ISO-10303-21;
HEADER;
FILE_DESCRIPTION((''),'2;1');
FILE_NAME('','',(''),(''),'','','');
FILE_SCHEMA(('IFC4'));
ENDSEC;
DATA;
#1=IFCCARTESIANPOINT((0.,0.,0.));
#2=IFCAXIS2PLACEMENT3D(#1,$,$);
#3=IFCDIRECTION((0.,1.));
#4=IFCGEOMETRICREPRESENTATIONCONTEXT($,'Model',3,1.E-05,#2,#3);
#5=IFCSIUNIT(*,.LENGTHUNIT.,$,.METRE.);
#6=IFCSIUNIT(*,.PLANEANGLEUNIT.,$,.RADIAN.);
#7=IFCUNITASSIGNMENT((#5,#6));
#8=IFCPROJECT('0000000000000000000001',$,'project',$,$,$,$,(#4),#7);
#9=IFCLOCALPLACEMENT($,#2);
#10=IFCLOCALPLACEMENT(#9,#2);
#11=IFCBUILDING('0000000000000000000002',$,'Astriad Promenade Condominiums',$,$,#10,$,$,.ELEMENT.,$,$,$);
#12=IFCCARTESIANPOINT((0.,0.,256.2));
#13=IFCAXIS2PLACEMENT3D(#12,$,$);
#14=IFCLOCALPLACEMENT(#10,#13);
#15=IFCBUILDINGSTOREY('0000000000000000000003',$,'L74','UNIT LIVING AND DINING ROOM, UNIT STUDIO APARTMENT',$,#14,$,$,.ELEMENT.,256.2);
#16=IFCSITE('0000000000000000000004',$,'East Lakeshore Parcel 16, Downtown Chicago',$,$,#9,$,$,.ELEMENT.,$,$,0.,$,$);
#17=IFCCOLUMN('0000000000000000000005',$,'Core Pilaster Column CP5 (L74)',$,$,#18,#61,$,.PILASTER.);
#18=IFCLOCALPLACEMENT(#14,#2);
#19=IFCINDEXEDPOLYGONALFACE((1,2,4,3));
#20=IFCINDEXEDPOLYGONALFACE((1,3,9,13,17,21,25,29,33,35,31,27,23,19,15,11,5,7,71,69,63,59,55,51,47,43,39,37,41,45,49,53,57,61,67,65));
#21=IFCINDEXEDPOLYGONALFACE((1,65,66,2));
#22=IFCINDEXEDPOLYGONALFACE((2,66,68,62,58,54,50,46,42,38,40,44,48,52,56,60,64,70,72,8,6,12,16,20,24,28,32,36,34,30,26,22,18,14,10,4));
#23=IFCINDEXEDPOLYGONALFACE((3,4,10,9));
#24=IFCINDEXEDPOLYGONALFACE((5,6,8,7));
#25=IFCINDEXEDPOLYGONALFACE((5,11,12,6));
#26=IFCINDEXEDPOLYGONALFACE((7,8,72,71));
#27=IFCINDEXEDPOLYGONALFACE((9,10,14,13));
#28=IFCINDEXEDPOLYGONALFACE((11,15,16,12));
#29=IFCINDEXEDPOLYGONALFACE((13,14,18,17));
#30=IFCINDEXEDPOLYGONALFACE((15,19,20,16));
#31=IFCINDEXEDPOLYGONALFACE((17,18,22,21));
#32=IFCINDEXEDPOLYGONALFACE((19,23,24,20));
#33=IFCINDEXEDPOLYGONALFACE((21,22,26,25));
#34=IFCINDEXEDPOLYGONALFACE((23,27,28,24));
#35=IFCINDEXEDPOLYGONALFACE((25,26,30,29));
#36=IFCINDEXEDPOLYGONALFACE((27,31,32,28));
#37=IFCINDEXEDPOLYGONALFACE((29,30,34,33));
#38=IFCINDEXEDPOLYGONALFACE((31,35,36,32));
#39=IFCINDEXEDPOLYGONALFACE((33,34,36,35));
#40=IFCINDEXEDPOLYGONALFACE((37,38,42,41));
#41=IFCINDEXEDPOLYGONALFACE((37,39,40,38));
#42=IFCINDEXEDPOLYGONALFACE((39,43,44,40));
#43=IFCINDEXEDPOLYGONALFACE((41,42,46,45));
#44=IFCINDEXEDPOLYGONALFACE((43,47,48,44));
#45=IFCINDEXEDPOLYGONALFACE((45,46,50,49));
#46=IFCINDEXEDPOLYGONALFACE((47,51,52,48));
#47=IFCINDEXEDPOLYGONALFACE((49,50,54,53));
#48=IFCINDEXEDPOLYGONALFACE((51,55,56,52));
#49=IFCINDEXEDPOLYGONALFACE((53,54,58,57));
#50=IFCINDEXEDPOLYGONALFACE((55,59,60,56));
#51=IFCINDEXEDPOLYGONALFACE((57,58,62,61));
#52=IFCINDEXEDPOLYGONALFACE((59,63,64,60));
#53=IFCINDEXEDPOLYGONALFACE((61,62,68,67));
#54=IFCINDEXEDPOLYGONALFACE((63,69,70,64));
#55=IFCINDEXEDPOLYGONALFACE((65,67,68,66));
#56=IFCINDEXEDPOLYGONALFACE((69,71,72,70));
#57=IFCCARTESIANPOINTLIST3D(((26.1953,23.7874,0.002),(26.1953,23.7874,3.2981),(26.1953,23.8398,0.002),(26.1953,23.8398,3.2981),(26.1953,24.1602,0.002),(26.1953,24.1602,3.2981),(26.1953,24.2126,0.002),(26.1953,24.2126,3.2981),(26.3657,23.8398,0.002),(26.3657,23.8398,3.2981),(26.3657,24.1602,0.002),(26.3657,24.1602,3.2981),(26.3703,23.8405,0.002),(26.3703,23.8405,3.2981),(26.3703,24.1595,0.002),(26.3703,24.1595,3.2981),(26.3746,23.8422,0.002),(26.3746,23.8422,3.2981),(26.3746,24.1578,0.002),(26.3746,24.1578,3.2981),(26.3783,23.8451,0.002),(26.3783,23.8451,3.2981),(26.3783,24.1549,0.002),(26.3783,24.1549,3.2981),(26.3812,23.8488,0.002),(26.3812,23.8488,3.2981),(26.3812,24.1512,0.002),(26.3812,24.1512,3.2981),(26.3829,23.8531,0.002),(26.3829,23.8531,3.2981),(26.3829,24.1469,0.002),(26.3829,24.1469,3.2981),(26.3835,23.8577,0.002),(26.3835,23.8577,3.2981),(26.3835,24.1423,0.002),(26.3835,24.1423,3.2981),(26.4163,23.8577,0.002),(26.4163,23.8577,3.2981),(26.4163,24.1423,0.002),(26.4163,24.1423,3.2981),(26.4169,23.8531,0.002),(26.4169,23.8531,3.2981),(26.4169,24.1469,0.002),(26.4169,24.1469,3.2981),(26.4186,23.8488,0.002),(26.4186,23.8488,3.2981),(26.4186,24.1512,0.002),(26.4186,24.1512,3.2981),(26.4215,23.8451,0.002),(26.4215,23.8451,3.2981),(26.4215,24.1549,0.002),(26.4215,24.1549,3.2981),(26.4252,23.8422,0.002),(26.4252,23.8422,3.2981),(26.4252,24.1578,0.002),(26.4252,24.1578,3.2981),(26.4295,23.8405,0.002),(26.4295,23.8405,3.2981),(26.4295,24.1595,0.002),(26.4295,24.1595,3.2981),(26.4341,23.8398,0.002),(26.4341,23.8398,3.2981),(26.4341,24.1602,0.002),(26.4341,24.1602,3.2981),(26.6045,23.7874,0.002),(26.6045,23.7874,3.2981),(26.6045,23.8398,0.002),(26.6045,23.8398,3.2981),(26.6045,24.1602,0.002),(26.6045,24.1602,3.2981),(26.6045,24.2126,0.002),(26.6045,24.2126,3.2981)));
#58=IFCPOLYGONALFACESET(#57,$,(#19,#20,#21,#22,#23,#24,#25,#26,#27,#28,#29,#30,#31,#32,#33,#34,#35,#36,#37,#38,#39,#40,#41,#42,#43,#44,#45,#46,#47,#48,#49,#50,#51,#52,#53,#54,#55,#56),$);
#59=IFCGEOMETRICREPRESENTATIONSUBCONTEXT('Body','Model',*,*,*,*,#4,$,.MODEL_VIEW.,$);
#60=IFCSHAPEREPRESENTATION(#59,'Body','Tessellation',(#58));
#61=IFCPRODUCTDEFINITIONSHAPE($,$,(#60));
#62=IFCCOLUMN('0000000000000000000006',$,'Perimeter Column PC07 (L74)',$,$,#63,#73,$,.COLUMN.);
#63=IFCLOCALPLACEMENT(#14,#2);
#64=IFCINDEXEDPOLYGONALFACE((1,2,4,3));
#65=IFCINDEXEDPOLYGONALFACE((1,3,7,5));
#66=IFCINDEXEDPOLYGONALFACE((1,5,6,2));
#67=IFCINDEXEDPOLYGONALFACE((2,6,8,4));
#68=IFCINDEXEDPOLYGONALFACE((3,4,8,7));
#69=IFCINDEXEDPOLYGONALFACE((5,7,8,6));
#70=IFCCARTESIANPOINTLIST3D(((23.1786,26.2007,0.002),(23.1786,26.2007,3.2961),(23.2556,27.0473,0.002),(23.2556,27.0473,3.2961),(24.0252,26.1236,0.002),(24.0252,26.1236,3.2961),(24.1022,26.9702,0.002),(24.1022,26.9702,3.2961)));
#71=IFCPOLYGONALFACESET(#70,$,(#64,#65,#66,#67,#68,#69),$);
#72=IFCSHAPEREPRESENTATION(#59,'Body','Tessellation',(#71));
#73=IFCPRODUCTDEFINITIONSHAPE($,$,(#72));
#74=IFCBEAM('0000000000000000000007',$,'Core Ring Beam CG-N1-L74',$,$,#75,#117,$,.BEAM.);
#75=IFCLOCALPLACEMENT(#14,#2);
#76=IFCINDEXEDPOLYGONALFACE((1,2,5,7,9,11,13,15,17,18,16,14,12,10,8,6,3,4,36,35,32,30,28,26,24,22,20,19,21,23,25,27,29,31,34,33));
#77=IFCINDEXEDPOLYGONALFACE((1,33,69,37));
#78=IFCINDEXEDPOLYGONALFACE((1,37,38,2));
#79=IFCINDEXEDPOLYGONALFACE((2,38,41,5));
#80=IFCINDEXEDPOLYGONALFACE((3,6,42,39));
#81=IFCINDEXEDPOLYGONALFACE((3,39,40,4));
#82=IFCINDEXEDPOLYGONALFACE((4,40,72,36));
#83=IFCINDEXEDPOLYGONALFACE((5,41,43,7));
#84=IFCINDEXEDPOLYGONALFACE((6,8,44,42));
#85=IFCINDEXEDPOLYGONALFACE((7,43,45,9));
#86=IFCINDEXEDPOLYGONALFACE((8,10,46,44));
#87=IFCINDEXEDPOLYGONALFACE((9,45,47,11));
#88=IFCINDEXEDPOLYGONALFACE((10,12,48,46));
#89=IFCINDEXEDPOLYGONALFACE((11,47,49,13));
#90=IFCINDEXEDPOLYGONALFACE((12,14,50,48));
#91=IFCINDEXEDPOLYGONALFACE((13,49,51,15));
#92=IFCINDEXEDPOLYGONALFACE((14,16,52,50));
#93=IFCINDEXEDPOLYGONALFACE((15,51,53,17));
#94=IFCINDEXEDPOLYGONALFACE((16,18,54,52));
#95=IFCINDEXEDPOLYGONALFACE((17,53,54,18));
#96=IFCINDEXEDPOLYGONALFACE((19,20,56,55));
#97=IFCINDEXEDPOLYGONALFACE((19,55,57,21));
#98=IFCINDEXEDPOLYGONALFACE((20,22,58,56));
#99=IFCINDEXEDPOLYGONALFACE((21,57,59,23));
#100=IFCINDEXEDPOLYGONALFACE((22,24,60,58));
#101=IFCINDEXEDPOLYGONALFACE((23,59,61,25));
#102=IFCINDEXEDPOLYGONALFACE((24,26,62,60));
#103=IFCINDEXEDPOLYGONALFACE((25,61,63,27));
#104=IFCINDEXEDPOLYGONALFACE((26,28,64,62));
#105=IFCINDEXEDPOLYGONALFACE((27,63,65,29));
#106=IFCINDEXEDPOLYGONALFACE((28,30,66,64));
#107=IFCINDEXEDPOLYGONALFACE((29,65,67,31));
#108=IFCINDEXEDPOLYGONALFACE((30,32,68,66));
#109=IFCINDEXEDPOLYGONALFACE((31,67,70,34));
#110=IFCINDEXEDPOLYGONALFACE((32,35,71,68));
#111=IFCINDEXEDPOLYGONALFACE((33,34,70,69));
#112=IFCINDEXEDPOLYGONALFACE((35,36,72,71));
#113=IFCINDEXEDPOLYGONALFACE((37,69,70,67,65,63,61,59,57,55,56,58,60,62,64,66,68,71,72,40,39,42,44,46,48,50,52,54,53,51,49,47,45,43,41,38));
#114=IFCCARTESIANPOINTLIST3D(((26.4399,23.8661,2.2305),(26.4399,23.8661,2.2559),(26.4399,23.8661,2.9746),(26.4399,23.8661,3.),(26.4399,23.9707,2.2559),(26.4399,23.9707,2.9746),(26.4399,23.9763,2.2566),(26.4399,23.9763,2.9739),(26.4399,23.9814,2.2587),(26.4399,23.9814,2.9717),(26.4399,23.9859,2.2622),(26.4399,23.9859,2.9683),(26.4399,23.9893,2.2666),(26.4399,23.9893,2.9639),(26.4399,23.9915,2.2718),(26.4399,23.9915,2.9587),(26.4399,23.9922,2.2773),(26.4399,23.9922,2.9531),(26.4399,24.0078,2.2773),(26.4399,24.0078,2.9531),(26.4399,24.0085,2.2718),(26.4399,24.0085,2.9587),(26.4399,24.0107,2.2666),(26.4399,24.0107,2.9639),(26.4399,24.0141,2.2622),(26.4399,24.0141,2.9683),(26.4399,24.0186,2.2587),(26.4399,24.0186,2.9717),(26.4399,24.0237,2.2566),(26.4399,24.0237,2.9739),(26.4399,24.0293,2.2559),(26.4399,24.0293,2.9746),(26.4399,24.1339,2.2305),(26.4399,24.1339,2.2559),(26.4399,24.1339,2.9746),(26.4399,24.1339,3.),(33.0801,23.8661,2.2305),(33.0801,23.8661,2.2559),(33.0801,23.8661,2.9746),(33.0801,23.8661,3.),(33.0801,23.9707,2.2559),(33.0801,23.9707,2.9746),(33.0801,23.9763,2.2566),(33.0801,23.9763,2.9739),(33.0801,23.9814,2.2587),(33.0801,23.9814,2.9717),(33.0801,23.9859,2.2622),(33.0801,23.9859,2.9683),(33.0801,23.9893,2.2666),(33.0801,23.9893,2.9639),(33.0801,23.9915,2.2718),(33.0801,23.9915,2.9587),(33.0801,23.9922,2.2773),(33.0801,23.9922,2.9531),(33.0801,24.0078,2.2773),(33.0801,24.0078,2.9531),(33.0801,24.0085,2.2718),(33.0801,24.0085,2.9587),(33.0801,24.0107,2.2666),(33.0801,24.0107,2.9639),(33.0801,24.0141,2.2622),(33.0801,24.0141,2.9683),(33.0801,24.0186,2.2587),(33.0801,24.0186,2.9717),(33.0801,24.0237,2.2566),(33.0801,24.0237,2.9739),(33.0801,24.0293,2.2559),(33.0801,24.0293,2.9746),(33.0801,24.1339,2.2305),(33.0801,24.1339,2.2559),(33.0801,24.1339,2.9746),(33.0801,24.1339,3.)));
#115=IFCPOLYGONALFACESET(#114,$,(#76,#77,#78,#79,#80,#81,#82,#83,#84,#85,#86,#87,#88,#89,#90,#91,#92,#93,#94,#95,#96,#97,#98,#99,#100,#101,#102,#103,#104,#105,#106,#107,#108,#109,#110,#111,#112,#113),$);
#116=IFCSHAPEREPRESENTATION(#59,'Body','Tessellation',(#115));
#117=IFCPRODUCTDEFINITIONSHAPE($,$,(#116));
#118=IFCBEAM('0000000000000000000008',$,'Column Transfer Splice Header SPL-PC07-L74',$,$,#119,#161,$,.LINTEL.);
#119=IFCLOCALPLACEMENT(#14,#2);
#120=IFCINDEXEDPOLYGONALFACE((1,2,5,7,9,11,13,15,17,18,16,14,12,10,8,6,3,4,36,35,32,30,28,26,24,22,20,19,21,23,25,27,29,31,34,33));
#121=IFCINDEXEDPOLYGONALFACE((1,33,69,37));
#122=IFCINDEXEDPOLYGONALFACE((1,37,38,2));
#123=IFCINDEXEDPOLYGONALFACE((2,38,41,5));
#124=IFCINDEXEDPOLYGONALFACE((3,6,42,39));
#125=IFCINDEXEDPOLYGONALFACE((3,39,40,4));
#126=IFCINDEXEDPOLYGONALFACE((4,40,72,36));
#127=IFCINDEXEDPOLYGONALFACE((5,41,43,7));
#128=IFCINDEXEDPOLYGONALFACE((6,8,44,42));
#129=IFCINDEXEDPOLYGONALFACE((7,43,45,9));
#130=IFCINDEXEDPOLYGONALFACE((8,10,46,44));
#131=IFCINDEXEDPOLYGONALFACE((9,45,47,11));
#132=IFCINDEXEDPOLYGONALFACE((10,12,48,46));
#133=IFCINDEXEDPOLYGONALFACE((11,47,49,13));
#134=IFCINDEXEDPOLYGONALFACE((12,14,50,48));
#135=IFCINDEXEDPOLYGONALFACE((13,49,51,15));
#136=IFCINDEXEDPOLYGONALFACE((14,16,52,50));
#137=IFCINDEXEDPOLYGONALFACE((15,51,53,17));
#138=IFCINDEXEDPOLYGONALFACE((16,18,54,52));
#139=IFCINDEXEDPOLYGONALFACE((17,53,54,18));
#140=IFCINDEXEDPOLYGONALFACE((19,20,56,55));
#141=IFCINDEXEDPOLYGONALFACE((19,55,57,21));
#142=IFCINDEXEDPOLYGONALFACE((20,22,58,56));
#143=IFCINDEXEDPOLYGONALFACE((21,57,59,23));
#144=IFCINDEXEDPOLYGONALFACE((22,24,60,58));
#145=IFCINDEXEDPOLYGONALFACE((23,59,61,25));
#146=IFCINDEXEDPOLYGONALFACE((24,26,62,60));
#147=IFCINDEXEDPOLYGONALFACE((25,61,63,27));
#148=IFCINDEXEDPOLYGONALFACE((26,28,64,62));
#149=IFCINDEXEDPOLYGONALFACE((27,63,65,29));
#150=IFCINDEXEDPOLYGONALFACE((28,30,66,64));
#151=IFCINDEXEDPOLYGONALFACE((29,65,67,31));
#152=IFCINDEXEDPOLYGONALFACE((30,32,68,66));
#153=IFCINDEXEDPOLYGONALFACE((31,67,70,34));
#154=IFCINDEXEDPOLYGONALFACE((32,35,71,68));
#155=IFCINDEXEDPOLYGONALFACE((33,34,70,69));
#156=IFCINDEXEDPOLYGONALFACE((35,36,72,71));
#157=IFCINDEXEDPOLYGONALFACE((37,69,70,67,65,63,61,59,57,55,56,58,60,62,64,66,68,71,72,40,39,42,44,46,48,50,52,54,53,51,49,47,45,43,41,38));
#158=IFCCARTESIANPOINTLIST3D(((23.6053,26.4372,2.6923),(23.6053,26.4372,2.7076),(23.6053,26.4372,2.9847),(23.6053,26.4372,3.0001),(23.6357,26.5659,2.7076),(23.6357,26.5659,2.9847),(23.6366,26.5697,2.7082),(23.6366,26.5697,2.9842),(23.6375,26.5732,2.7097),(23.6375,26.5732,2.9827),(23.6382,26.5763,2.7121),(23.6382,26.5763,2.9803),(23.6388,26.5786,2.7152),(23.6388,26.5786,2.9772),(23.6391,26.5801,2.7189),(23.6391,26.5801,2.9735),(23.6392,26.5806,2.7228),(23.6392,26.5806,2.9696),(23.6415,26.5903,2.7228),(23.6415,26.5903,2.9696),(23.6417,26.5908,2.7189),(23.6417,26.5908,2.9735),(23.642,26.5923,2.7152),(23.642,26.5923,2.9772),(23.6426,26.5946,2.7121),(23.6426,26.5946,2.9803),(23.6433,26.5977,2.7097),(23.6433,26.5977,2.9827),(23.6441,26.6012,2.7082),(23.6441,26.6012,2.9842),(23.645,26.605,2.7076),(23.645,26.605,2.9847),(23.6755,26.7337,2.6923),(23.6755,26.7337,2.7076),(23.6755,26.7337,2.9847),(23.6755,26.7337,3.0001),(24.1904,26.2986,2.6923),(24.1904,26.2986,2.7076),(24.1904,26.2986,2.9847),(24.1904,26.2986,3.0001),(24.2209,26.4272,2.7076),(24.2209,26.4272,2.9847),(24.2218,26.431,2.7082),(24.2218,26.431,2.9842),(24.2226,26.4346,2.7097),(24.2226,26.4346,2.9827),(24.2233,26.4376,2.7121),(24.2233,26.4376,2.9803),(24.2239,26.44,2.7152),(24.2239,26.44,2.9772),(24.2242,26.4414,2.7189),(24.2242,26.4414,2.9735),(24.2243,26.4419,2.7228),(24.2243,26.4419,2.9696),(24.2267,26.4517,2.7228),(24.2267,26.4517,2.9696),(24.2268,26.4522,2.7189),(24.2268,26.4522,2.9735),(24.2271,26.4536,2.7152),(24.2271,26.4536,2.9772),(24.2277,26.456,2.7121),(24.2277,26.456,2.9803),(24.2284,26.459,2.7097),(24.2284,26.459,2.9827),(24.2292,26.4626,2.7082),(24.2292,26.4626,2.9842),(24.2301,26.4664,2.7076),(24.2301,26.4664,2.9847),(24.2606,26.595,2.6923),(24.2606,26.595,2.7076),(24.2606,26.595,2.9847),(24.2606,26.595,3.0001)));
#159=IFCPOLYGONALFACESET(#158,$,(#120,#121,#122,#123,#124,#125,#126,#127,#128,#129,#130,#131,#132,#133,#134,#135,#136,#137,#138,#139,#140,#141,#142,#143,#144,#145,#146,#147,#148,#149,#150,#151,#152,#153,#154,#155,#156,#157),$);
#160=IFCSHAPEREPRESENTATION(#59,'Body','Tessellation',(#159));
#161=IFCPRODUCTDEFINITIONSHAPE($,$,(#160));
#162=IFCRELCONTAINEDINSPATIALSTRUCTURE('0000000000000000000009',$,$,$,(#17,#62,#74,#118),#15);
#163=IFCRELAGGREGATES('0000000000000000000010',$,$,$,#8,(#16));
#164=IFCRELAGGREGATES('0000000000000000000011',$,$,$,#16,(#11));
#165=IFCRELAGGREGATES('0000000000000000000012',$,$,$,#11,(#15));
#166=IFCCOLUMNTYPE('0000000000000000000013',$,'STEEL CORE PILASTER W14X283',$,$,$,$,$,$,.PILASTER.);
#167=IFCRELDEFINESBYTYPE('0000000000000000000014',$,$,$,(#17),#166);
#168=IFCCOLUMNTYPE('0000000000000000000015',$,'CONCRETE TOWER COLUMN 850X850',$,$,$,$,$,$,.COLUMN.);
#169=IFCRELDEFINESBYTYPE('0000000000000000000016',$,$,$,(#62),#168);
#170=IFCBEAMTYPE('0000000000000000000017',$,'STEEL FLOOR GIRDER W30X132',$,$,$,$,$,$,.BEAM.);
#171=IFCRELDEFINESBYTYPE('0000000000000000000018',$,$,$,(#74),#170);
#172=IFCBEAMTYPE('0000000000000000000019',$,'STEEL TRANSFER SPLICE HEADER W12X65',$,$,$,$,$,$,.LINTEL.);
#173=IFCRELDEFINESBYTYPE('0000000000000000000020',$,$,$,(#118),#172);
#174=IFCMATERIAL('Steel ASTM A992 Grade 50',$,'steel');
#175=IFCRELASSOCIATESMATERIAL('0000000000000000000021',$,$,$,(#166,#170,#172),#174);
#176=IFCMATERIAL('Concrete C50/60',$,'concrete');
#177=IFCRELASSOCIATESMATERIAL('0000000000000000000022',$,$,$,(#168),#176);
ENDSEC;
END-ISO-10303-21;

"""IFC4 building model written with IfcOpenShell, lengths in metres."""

from ifc_helpers import new_model, si_unit, direction, frame, origin, origin_2d, place, context, subcontext, project, spatial, rectangle, i_section, extrude, source, transform, mapped, material, material_profile, profile_set, type_object, type_shapes, element, save


model = new_model("IFC4")

# Units and contexts
model_context = context("Model", 3, precision=1e-05, world=origin(), true_north=direction((0.0, 1.0)))
body_context = subcontext(model_context, "Body", "Model", "MODEL_VIEW")
ifc_project = project(units=[si_unit("LENGTHUNIT", "METRE"), si_unit("PLANEANGLEUNIT", "RADIAN")], contexts=[model_context])

# Site, building, storey
site_placement = place(None, origin())
site = spatial("IfcSite", under=ifc_project, at=site_placement, Name="East Lakeshore Parcel 16, Downtown Chicago", CompositionType="ELEMENT", RefElevation=0.0)
building_placement = place(site_placement, origin())
building = spatial("IfcBuilding", under=site, at=building_placement, Name="Astriad Promenade Condominiums", CompositionType="ELEMENT")
storey_placement = place(building_placement, frame((0.0, 0.0, 256.2)))
storey = spatial("IfcBuildingStorey", under=building, at=storey_placement, Name="L74", Description="UNIT LIVING AND DINING ROOM, UNIT STUDIO APARTMENT", CompositionType="ELEMENT", Elevation=256.2)

# Columns
ifc_material_1 = material(Name="Steel ASTM A992 Grade 50", Category="steel")
ifc_material_profile_1 = material_profile(ifc_material_1, i_section(OverallWidth=0.4092, OverallDepth=0.4253, WebThickness=0.0327, FlangeThickness=0.0525, FilletRadius=0.0178, at=origin_2d()), Name="W14X283")
ifc_profile_set_1 = profile_set([ifc_material_profile_1], Name="Steel ASTM A992 Grade 50")
column_type_1 = type_object("IfcColumnType", Name="STEEL CORE PILASTER W14X283", PredefinedType="PILASTER", material=ifc_profile_set_1)
shared_shape_1 = source(origin(), body_context, "Body", "SweptSolid", [
    extrude(i_section(OverallWidth=0.4092, OverallDepth=0.4253, WebThickness=0.0327, FlangeThickness=0.0525, FilletRadius=0.0178, at=origin_2d()), origin(), (0.0, 0.0, 1.0), 3.2961),
])
type_shapes(column_type_1, [shared_shape_1])
column_1_placement = place(storey_placement, frame((26.3999, 24.0, 0.002), z_axis=(0.0, 0.0, 1.0), x_axis=(1.0, 0.0, 0.0)))
element("IfcColumn", 1, at=column_1_placement, inside=storey, type_object=column_type_1, Name="Core Pilaster Column CP5 (L74)", PredefinedType="PILASTER", context=body_context, shape_type="MappedRepresentation", body=[
    mapped(shared_shape_1, transform((0.0, 0.0, 0.0), scale=1.0)),
])
ifc_material_2 = material(Name="Concrete C50/60", Category="concrete")
ifc_material_profile_2 = material_profile(ifc_material_2, rectangle(XDim=0.8501, YDim=0.8501, at=origin_2d()), Name="RC-COL-850X850")
ifc_profile_set_2 = profile_set([ifc_material_profile_2], Name="Concrete C50/60")
column_type_2 = type_object("IfcColumnType", Name="CONCRETE TOWER COLUMN 850X850", PredefinedType="COLUMN", material=ifc_profile_set_2)
shared_shape_2 = source(origin(), body_context, "Body", "SweptSolid", [
    extrude(rectangle(XDim=0.8501, YDim=0.8501, at=origin_2d()), origin(), (0.0, 0.0, 1.0), 3.2942),
])
type_shapes(column_type_2, [shared_shape_2])
column_2_placement = place(storey_placement, frame((23.6404, 26.5854, 0.002), z_axis=(0.0, 0.0, 1.0), x_axis=(0.995884, -0.090633, 0.0)))
element("IfcColumn", 2, at=column_2_placement, inside=storey, type_object=column_type_2, Name="Perimeter Column PC07 (L74)", PredefinedType="COLUMN", context=body_context, shape_type="MappedRepresentation", body=[
    mapped(shared_shape_2, transform((0.0, 0.0, 0.0), scale=1.0)),
])

# Beams
ifc_material_profile_3 = material_profile(ifc_material_1, i_section(OverallWidth=0.2678, OverallDepth=0.7695, WebThickness=0.0156, FlangeThickness=0.0254, FilletRadius=0.0215, at=origin_2d()), Name="W30X132")
ifc_profile_set_3 = profile_set([ifc_material_profile_3], Name="Steel ASTM A992 Grade 50")
beam_type_1 = type_object("IfcBeamType", Name="STEEL FLOOR GIRDER W30X132", PredefinedType="BEAM", material=ifc_profile_set_3)
shared_shape_3 = source(origin(), body_context, "Body", "SweptSolid", [
    extrude(i_section(OverallWidth=0.2678, OverallDepth=0.7695, WebThickness=0.0156, FlangeThickness=0.0254, FilletRadius=0.0215, at=origin_2d()), origin(), (0.0, 0.0, 1.0), 6.6401),
])
type_shapes(beam_type_1, [shared_shape_3])
beam_1_placement = place(storey_placement, frame((26.4399, 24.0, 2.6152), z_axis=(1.0, 0.0, 0.0), x_axis=(0.0, 1.0, 0.0)))
element("IfcBeam", 3, at=beam_1_placement, inside=storey, type_object=beam_type_1, Name="Core Ring Beam CG-N1-L74", PredefinedType="BEAM", context=body_context, shape_type="MappedRepresentation", body=[
    mapped(shared_shape_3, transform((0.0, 0.0, 0.0), scale=1.0)),
])
ifc_material_profile_4 = material_profile(ifc_material_1, i_section(OverallWidth=0.3047, OverallDepth=0.3079, WebThickness=0.01, FlangeThickness=0.0154, FilletRadius=0.0151, at=origin_2d()), Name="W12X65")
ifc_profile_set_4 = profile_set([ifc_material_profile_4], Name="Steel ASTM A992 Grade 50")
beam_type_2 = type_object("IfcBeamType", Name="STEEL TRANSFER SPLICE HEADER W12X65", PredefinedType="LINTEL", material=ifc_profile_set_4)
shared_shape_4 = source(origin(), body_context, "Body", "SweptSolid", [
    extrude(i_section(OverallWidth=0.3047, OverallDepth=0.3079, WebThickness=0.01, FlangeThickness=0.0154, FilletRadius=0.0151, at=origin_2d()), origin(), (0.0, 0.0, 1.0), 0.6013),
])
type_shapes(beam_type_2, [shared_shape_4])
beam_2_placement = place(storey_placement, frame((23.6404, 26.5854, 2.8462), z_axis=(0.973054, -0.230578, 0.0), x_axis=(0.230578, 0.973054, 0.0)))
element("IfcBeam", 4, at=beam_2_placement, inside=storey, type_object=beam_type_2, Name="Column Transfer Splice Header SPL-PC07-L74", PredefinedType="LINTEL", context=body_context, shape_type="MappedRepresentation", body=[
    mapped(shared_shape_4, transform((0.0, 0.0, 0.0), scale=1.0)),
])

save(model, "model.ifc")
